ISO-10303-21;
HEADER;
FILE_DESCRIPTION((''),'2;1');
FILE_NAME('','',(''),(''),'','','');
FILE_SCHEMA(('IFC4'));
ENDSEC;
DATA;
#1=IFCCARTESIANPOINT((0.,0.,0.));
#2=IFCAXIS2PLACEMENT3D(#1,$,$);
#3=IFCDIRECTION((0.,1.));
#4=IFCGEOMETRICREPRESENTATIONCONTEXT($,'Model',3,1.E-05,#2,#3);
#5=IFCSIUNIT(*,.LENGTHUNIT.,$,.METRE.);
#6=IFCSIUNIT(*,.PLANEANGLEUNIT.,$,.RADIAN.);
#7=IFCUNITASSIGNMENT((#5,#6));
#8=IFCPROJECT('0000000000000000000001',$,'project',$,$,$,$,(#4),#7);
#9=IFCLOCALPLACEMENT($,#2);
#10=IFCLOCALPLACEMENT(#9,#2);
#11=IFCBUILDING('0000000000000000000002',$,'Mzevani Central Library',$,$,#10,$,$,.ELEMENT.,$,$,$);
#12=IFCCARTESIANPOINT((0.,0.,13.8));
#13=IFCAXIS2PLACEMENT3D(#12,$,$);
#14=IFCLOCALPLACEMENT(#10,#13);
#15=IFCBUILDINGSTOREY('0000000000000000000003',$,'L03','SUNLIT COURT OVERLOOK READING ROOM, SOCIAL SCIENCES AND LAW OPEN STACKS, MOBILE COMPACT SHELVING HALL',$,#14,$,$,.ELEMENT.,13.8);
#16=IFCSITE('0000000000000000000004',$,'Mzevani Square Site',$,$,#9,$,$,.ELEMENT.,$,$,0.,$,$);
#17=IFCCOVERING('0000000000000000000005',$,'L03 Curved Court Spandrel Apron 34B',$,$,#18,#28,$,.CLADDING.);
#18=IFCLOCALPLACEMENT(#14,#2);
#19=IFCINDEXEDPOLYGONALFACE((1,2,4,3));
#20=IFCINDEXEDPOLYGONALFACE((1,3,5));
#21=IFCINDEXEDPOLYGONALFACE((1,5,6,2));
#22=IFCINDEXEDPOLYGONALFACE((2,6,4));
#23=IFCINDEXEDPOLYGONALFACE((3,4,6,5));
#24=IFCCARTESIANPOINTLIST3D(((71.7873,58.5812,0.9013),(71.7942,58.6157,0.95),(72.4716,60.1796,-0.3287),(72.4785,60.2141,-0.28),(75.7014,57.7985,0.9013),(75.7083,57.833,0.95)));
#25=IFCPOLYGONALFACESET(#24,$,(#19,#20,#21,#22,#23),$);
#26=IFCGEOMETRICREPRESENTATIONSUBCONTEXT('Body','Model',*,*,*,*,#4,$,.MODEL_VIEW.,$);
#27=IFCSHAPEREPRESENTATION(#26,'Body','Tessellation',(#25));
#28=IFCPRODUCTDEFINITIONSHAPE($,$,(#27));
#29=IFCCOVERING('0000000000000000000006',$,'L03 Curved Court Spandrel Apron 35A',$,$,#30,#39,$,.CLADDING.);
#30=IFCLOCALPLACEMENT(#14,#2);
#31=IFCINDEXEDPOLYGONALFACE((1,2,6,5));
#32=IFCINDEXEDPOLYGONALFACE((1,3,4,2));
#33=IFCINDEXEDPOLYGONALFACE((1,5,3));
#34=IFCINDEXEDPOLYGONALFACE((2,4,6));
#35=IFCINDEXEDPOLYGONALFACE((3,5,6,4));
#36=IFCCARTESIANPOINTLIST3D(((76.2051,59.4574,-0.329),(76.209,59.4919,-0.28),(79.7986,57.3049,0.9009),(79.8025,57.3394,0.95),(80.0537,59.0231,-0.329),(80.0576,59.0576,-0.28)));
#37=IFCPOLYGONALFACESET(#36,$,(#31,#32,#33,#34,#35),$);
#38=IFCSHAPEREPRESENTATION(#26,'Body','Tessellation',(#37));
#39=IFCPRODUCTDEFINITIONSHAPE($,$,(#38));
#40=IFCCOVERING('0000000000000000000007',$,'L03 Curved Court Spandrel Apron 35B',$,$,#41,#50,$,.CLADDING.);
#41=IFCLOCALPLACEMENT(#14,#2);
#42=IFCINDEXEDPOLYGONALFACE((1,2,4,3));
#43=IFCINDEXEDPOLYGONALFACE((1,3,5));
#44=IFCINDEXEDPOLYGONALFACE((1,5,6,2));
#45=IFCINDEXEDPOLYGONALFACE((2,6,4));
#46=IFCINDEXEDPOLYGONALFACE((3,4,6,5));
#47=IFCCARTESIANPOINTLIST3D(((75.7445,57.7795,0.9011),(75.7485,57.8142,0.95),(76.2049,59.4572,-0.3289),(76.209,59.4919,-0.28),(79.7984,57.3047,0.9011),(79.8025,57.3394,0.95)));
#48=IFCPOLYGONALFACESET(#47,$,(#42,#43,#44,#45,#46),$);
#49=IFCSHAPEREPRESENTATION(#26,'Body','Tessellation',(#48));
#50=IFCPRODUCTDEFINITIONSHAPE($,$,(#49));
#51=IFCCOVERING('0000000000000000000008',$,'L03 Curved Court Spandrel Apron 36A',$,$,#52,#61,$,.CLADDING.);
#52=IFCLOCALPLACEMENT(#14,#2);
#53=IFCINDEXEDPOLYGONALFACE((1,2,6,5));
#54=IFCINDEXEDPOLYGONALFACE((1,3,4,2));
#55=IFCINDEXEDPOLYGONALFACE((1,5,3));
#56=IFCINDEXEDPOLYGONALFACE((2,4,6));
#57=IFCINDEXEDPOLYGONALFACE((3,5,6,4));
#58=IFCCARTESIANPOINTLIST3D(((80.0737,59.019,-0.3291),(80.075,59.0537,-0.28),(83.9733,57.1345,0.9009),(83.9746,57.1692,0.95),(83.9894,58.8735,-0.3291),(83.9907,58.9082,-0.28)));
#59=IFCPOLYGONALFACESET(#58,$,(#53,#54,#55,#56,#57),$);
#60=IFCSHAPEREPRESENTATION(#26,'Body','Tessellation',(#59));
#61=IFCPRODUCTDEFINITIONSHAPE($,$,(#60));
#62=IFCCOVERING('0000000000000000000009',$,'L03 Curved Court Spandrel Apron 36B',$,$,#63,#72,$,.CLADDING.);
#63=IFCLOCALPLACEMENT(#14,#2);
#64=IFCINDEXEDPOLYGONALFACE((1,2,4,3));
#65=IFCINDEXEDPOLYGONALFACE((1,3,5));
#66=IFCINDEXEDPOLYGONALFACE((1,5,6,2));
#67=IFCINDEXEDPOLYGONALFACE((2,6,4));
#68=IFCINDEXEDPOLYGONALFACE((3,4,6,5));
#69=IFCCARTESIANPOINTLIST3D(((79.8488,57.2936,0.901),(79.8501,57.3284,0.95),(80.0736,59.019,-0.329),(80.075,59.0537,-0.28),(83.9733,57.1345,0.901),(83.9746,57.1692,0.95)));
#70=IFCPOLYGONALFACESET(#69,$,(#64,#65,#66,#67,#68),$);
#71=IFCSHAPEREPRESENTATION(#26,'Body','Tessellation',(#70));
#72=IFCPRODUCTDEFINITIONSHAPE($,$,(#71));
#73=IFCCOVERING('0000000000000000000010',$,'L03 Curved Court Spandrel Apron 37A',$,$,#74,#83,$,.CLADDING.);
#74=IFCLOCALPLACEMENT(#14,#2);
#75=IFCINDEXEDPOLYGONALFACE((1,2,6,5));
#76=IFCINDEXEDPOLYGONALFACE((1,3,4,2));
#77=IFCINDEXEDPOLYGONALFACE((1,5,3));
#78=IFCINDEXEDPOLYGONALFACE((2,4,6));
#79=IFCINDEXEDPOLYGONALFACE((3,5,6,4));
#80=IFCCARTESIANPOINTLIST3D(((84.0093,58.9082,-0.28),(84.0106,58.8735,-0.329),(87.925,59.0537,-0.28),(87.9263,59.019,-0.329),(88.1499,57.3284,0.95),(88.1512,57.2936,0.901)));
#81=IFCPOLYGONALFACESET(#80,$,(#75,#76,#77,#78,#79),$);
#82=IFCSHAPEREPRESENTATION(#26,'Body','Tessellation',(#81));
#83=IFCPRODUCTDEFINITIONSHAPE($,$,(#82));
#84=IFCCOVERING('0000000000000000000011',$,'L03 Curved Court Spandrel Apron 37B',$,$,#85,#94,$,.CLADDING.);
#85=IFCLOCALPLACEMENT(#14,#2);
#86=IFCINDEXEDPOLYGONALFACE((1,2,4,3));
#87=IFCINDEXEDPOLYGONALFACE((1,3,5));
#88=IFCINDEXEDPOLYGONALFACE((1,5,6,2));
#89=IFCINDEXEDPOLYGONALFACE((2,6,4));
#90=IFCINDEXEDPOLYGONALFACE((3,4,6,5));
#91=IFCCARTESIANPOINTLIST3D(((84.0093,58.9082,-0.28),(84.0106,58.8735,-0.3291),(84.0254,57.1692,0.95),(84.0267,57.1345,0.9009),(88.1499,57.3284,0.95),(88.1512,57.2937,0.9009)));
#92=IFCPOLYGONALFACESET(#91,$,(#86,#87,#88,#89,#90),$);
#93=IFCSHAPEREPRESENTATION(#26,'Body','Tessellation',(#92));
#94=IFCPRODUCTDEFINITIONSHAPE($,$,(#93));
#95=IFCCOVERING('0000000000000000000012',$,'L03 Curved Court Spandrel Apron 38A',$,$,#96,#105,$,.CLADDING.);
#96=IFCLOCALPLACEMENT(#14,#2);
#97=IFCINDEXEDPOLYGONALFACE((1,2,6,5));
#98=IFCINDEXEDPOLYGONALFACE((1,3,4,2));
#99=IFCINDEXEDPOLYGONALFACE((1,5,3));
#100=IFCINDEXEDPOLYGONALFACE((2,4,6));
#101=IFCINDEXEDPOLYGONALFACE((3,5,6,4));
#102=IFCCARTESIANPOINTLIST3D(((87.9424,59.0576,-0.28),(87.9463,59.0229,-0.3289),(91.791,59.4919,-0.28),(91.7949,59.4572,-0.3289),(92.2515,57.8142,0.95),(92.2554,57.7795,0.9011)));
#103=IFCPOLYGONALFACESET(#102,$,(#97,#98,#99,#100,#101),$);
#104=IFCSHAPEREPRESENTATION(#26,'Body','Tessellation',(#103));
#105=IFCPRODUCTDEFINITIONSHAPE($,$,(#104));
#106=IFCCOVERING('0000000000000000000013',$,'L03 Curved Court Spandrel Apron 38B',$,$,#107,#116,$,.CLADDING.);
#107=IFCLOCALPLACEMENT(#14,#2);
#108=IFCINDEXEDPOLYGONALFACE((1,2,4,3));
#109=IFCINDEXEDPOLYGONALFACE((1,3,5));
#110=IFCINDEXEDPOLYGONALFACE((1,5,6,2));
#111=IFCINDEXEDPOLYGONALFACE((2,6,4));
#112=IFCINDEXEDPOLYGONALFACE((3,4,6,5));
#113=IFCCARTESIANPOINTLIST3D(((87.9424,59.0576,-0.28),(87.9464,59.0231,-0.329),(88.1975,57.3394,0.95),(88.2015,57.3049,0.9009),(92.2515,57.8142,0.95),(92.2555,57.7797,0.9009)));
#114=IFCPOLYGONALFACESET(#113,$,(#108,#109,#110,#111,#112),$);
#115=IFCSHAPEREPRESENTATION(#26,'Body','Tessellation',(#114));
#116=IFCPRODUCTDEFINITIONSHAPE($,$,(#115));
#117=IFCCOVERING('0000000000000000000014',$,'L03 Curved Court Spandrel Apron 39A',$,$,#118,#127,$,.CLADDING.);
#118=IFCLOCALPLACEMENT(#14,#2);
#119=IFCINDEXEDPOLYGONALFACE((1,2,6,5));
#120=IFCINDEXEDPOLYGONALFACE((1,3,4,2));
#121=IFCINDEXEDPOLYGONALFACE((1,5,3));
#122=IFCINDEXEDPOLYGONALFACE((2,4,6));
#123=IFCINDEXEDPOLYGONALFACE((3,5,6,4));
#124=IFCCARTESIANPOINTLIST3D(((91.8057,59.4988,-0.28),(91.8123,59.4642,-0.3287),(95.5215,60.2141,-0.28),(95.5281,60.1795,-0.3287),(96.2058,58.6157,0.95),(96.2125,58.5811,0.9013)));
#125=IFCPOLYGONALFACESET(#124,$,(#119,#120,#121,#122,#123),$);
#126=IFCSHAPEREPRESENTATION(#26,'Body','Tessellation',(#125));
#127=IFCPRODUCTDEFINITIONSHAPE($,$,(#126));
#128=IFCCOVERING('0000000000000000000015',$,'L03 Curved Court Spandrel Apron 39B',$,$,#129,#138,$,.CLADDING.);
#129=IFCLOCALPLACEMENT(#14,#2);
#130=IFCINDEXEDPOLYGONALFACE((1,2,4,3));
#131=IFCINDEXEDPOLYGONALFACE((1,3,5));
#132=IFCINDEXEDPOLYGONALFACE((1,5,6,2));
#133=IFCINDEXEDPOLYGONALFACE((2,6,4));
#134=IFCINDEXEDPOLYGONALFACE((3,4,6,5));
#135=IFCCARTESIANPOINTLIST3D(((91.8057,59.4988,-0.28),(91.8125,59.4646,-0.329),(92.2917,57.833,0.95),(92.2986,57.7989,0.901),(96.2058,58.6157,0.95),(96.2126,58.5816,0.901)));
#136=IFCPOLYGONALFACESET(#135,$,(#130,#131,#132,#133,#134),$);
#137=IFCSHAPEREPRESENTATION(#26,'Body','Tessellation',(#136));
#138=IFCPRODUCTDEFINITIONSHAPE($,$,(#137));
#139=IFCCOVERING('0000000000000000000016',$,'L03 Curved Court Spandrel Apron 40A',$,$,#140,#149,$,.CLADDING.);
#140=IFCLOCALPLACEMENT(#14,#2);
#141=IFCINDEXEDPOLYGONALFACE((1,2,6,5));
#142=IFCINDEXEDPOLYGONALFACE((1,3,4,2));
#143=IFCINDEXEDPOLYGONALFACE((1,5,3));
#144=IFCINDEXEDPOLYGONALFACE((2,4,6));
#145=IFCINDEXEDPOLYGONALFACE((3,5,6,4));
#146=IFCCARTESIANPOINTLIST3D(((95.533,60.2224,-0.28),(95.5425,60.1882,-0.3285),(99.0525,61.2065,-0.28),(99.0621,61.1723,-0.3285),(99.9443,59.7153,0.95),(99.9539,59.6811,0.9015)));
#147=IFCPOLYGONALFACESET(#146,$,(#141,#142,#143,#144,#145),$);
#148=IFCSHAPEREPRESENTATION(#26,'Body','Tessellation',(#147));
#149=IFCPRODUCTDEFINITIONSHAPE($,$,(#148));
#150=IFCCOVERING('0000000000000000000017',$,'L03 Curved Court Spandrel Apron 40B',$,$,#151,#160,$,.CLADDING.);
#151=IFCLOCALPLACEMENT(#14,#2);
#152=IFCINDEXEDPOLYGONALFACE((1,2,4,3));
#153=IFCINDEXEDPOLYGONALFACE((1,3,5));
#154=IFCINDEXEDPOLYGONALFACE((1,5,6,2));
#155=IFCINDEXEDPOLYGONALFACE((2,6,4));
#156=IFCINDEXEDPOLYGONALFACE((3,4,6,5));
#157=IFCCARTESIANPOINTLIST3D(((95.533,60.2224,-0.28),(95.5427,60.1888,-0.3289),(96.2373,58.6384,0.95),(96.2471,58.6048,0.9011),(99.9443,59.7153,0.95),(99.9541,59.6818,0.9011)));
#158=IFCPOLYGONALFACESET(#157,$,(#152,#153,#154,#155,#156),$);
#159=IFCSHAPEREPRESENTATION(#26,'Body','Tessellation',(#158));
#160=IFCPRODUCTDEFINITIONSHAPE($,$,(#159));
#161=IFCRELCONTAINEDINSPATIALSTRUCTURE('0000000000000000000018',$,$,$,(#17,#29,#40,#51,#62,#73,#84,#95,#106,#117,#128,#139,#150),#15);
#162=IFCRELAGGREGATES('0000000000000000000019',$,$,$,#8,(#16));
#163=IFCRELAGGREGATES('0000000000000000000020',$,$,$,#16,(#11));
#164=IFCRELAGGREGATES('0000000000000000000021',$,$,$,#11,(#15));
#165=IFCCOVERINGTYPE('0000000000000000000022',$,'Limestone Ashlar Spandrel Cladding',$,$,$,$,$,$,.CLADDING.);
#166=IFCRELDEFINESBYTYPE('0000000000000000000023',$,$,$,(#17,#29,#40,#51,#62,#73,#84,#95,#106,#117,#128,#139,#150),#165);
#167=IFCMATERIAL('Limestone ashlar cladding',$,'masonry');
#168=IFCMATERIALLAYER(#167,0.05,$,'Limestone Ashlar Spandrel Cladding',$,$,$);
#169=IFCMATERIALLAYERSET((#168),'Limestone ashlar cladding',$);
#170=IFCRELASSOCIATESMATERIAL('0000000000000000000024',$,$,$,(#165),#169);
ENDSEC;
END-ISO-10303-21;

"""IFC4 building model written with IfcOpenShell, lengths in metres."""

from ifc_helpers import new_model, si_unit, direction, frame, origin, place, context, subcontext, project, spatial, polyline, outline, extrude, material, layer, layer_set, type_object, element, save


model = new_model("IFC4")

# Units and contexts
model_context = context("Model", 3, precision=1e-05, world=origin(), true_north=direction((0.0, 1.0)))
body_context = subcontext(model_context, "Body", "Model", "MODEL_VIEW")
ifc_project = project(units=[si_unit("LENGTHUNIT", "METRE"), si_unit("PLANEANGLEUNIT", "RADIAN")], contexts=[model_context])

# Site, building, storey
site_placement = place(None, origin())
site = spatial("IfcSite", under=ifc_project, at=site_placement, Name="Mzevani Square Site", CompositionType="ELEMENT", RefElevation=0.0)
building_placement = place(site_placement, origin())
building = spatial("IfcBuilding", under=site, at=building_placement, Name="Mzevani Central Library", CompositionType="ELEMENT")
storey_placement = place(building_placement, frame((0.0, 0.0, 13.8)))
storey = spatial("IfcBuildingStorey", under=building, at=storey_placement, Name="L03", Description="SUNLIT COURT OVERLOOK READING ROOM, SOCIAL SCIENCES AND LAW OPEN STACKS, MOBILE COMPACT SHELVING HALL", CompositionType="ELEMENT", Elevation=13.8)

# Coverings
ifc_material_1 = material(Name="Limestone ashlar cladding", Category="masonry")
ifc_layer_1 = layer(ifc_material_1, 0.05, Name="Limestone Ashlar Spandrel Cladding")
ifc_layer_set_1 = layer_set([ifc_layer_1], Name="Limestone ashlar cladding")
covering_type = type_object("IfcCoveringType", Name="Limestone Ashlar Spandrel Cladding", PredefinedType="CLADDING", material=ifc_layer_set_1)
covering_1_placement = place(storey_placement, frame((72.4785, 60.2141, -0.28), z_axis=(0.114877, 0.574456, 0.810434), x_axis=(0.769559, -0.567352, 0.293071)))
element("IfcCovering", 1, at=covering_1_placement, inside=storey, type_object=covering_type, Name="L03 Curved Court Spandrel Apron 34B", PredefinedType="CLADDING", context=body_context, shape_type="SweptSolid", body=[
    extrude(outline(polyline([(0.0, 0.0), (4.1969, 0.0), (0.7407, -1.9968), (0.0, 0.0)])), origin(), (0.0, 0.0, -1.0), 0.0601),
])
covering_2_placement = place(storey_placement, frame((76.209, 59.4919, -0.28), z_axis=(0.064829, 0.574462, 0.81596), x_axis=(0.993692, -0.11214, 0.0)))
element("IfcCovering", 2, at=covering_2_placement, inside=storey, type_object=covering_type, Name="L03 Curved Court Spandrel Apron 35A", PredefinedType="CLADDING", context=body_context, shape_type="SweptSolid", body=[
    extrude(outline(polyline([(0.0, 0.0), (3.8731, 0.0), (3.8122, -2.1276), (0.0, 0.0)])), origin(), (0.0, 0.0, -1.0), 0.0601),
])
covering_3_placement = place(storey_placement, frame((76.209, 59.4919, -0.28), z_axis=(0.067674, 0.57775, 0.813404), x_axis=(0.823113, -0.493063, 0.281734)))
element("IfcCovering", 3, at=covering_3_placement, inside=storey, type_object=covering_type, Name="L03 Curved Court Spandrel Apron 35B", PredefinedType="CLADDING", context=body_context, shape_type="SweptSolid", body=[
    extrude(outline(polyline([(0.0, 0.0), (4.3657, 0.0), (0.7948, -1.9769), (0.0, 0.0)])), origin(), (0.0, 0.0, -1.0), 0.0601),
])
covering_4_placement = place(storey_placement, frame((80.075, 59.0537, -0.28), z_axis=(0.021448, 0.577183, 0.816333), x_axis=(0.99931, -0.037134, 0.0)))
element("IfcCovering", 4, at=covering_4_placement, inside=storey, type_object=covering_type, Name="L03 Curved Court Spandrel Apron 36A", PredefinedType="CLADDING", context=body_context, shape_type="SweptSolid", body=[
    extrude(outline(polyline([(0.0, 0.0), (3.9185, 0.0), (3.9669, -2.1295), (0.0, 0.0)])), origin(), (0.0, 0.0, -1.0), 0.0601),
])
covering_5_placement = place(storey_placement, frame((80.075, 59.0537, -0.28), z_axis=(0.022323, 0.578411, 0.81544), x_axis=(0.866129, -0.418559, 0.273183)))
element("IfcCovering", 5, at=covering_5_placement, inside=storey, type_object=covering_type, Name="L03 Curved Court Spandrel Apron 36B", PredefinedType="CLADDING", context=body_context, shape_type="SweptSolid", body=[
    extrude(outline(polyline([(0.0, 0.0), (4.5024, 0.0), (0.8634, -1.948), (0.0, 0.0)])), origin(), (0.0, 0.0, -1.0), 0.0601),
])
covering_6_placement = place(storey_placement, frame((84.0093, 58.9082, -0.28), z_axis=(-0.021496, 0.578493, 0.815404), x_axis=(0.99931, 0.037134, 0.0)))
element("IfcCovering", 6, at=covering_6_placement, inside=storey, type_object=covering_type, Name="L03 Curved Court Spandrel Apron 37A", PredefinedType="CLADDING", context=body_context, shape_type="SweptSolid", body=[
    extrude(outline(polyline([(0.0, 0.0), (3.9185, 0.0), (4.0791, -2.1247), (0.0, 0.0)])), origin(), (0.0, 0.0, -1.0), 0.0601),
])
covering_7_placement = place(storey_placement, frame((84.0093, 58.9082, -0.28), z_axis=(-0.022275, 0.577167, 0.816322), x_axis=(0.900274, -0.343495, 0.267428)))
element("IfcCovering", 7, at=covering_7_placement, inside=storey, type_object=covering_type, Name="L03 Curved Court Spandrel Apron 37B", PredefinedType="CLADDING", context=body_context, shape_type="SweptSolid", body=[
    extrude(outline(polyline([(0.0, 0.0), (4.5993, 0.0), (0.9408, -1.9111), (0.0, 0.0)])), origin(), (0.0, 0.0, -1.0), 0.0601),
])
covering_8_placement = place(storey_placement, frame((87.9424, 59.0576, -0.28), z_axis=(-0.06526, 0.57828, 0.813224), x_axis=(0.993692, 0.11214, 0.0)))
element("IfcCovering", 8, at=covering_8_placement, inside=storey, type_object=covering_type, Name="L03 Curved Court Spandrel Apron 38A", PredefinedType="CLADDING", context=body_context, shape_type="SweptSolid", body=[
    extrude(outline(polyline([(0.0, 0.0), (3.8731, 0.0), (4.1425, -2.1135), (0.0, 0.0)])), origin(), (0.0, 0.0, -1.0), 0.0601),
])
covering_9_placement = place(storey_placement, frame((87.9424, 59.0576, -0.28), z_axis=(-0.06725, 0.574129, 0.815998), x_axis=(0.926586, -0.267371, 0.264484)))
element("IfcCovering", 9, at=covering_9_placement, inside=storey, type_object=covering_type, Name="L03 Curved Court Spandrel Apron 38B", PredefinedType="CLADDING", context=body_context, shape_type="SweptSolid", body=[
    extrude(outline(polyline([(0.0, 0.0), (4.6505, 0.0), (1.0211, -1.8675), (0.0, 0.0)])), origin(), (0.0, 0.0, -1.0), 0.0601),
])
covering_10_placement = place(storey_placement, frame((91.8057, 59.4988, -0.28), z_axis=(-0.110856, 0.575848, 0.810006), x_axis=(0.98197, 0.189039, 0.0)))
element("IfcCovering", 10, at=covering_10_placement, inside=storey, type_object=covering_type, Name="L03 Curved Court Spandrel Apron 39A", PredefinedType="CLADDING", context=body_context, shape_type="SweptSolid", body=[
    extrude(outline(polyline([(0.0, 0.0), (3.784, 0.0), (4.1539, -2.0974), (0.0, 0.0)])), origin(), (0.0, 0.0, -1.0), 0.0601),
])
covering_11_placement = place(storey_placement, frame((91.8057, 59.4988, -0.28), z_axis=(-0.11368, 0.568471, 0.814811), x_axis=(0.945581, -0.189767, 0.26432)))
element("IfcCovering", 11, at=covering_11_placement, inside=storey, type_object=covering_type, Name="L03 Curved Court Spandrel Apron 39B", PredefinedType="CLADDING", context=body_context, shape_type="SweptSolid", body=[
    extrude(outline(polyline([(0.0, 0.0), (4.6534, 0.0), (1.1008, -1.8199), (0.0, 0.0)])), origin(), (0.0, 0.0, -1.0), 0.0601),
])
covering_12_placement = place(storey_placement, frame((95.533, 60.2224, -0.28), z_axis=(-0.159308, 0.569729, 0.806244), x_axis=(0.963059, 0.26929, 0.0)))
element("IfcCovering", 12, at=covering_12_placement, inside=storey, type_object=covering_type, Name="L03 Curved Court Spandrel Apron 40A", PredefinedType="CLADDING", context=body_context, shape_type="SweptSolid", body=[
    extrude(outline(polyline([(0.0, 0.0), (3.6545, 0.0), (4.1119, -2.0791), (0.0, 0.0)])), origin(), (0.0, 0.0, -1.0), 0.0601),
])
covering_13_placement = place(storey_placement, frame((95.533, 60.2224, -0.28), z_axis=(-0.162422, 0.559104, 0.813032), x_axis=(0.957408, -0.110052, 0.266944)))
element("IfcCovering", 13, at=covering_13_placement, inside=storey, type_object=covering_type, Name="L03 Curved Court Spandrel Apron 40B", PredefinedType="CLADDING", context=body_context, shape_type="SweptSolid", body=[
    extrude(outline(polyline([(0.0, 0.0), (4.6076, 0.0), (1.177, -1.7699), (0.0, 0.0)])), origin(), (0.0, 0.0, -1.0), 0.0601),
])

save(model, "model.ifc")
